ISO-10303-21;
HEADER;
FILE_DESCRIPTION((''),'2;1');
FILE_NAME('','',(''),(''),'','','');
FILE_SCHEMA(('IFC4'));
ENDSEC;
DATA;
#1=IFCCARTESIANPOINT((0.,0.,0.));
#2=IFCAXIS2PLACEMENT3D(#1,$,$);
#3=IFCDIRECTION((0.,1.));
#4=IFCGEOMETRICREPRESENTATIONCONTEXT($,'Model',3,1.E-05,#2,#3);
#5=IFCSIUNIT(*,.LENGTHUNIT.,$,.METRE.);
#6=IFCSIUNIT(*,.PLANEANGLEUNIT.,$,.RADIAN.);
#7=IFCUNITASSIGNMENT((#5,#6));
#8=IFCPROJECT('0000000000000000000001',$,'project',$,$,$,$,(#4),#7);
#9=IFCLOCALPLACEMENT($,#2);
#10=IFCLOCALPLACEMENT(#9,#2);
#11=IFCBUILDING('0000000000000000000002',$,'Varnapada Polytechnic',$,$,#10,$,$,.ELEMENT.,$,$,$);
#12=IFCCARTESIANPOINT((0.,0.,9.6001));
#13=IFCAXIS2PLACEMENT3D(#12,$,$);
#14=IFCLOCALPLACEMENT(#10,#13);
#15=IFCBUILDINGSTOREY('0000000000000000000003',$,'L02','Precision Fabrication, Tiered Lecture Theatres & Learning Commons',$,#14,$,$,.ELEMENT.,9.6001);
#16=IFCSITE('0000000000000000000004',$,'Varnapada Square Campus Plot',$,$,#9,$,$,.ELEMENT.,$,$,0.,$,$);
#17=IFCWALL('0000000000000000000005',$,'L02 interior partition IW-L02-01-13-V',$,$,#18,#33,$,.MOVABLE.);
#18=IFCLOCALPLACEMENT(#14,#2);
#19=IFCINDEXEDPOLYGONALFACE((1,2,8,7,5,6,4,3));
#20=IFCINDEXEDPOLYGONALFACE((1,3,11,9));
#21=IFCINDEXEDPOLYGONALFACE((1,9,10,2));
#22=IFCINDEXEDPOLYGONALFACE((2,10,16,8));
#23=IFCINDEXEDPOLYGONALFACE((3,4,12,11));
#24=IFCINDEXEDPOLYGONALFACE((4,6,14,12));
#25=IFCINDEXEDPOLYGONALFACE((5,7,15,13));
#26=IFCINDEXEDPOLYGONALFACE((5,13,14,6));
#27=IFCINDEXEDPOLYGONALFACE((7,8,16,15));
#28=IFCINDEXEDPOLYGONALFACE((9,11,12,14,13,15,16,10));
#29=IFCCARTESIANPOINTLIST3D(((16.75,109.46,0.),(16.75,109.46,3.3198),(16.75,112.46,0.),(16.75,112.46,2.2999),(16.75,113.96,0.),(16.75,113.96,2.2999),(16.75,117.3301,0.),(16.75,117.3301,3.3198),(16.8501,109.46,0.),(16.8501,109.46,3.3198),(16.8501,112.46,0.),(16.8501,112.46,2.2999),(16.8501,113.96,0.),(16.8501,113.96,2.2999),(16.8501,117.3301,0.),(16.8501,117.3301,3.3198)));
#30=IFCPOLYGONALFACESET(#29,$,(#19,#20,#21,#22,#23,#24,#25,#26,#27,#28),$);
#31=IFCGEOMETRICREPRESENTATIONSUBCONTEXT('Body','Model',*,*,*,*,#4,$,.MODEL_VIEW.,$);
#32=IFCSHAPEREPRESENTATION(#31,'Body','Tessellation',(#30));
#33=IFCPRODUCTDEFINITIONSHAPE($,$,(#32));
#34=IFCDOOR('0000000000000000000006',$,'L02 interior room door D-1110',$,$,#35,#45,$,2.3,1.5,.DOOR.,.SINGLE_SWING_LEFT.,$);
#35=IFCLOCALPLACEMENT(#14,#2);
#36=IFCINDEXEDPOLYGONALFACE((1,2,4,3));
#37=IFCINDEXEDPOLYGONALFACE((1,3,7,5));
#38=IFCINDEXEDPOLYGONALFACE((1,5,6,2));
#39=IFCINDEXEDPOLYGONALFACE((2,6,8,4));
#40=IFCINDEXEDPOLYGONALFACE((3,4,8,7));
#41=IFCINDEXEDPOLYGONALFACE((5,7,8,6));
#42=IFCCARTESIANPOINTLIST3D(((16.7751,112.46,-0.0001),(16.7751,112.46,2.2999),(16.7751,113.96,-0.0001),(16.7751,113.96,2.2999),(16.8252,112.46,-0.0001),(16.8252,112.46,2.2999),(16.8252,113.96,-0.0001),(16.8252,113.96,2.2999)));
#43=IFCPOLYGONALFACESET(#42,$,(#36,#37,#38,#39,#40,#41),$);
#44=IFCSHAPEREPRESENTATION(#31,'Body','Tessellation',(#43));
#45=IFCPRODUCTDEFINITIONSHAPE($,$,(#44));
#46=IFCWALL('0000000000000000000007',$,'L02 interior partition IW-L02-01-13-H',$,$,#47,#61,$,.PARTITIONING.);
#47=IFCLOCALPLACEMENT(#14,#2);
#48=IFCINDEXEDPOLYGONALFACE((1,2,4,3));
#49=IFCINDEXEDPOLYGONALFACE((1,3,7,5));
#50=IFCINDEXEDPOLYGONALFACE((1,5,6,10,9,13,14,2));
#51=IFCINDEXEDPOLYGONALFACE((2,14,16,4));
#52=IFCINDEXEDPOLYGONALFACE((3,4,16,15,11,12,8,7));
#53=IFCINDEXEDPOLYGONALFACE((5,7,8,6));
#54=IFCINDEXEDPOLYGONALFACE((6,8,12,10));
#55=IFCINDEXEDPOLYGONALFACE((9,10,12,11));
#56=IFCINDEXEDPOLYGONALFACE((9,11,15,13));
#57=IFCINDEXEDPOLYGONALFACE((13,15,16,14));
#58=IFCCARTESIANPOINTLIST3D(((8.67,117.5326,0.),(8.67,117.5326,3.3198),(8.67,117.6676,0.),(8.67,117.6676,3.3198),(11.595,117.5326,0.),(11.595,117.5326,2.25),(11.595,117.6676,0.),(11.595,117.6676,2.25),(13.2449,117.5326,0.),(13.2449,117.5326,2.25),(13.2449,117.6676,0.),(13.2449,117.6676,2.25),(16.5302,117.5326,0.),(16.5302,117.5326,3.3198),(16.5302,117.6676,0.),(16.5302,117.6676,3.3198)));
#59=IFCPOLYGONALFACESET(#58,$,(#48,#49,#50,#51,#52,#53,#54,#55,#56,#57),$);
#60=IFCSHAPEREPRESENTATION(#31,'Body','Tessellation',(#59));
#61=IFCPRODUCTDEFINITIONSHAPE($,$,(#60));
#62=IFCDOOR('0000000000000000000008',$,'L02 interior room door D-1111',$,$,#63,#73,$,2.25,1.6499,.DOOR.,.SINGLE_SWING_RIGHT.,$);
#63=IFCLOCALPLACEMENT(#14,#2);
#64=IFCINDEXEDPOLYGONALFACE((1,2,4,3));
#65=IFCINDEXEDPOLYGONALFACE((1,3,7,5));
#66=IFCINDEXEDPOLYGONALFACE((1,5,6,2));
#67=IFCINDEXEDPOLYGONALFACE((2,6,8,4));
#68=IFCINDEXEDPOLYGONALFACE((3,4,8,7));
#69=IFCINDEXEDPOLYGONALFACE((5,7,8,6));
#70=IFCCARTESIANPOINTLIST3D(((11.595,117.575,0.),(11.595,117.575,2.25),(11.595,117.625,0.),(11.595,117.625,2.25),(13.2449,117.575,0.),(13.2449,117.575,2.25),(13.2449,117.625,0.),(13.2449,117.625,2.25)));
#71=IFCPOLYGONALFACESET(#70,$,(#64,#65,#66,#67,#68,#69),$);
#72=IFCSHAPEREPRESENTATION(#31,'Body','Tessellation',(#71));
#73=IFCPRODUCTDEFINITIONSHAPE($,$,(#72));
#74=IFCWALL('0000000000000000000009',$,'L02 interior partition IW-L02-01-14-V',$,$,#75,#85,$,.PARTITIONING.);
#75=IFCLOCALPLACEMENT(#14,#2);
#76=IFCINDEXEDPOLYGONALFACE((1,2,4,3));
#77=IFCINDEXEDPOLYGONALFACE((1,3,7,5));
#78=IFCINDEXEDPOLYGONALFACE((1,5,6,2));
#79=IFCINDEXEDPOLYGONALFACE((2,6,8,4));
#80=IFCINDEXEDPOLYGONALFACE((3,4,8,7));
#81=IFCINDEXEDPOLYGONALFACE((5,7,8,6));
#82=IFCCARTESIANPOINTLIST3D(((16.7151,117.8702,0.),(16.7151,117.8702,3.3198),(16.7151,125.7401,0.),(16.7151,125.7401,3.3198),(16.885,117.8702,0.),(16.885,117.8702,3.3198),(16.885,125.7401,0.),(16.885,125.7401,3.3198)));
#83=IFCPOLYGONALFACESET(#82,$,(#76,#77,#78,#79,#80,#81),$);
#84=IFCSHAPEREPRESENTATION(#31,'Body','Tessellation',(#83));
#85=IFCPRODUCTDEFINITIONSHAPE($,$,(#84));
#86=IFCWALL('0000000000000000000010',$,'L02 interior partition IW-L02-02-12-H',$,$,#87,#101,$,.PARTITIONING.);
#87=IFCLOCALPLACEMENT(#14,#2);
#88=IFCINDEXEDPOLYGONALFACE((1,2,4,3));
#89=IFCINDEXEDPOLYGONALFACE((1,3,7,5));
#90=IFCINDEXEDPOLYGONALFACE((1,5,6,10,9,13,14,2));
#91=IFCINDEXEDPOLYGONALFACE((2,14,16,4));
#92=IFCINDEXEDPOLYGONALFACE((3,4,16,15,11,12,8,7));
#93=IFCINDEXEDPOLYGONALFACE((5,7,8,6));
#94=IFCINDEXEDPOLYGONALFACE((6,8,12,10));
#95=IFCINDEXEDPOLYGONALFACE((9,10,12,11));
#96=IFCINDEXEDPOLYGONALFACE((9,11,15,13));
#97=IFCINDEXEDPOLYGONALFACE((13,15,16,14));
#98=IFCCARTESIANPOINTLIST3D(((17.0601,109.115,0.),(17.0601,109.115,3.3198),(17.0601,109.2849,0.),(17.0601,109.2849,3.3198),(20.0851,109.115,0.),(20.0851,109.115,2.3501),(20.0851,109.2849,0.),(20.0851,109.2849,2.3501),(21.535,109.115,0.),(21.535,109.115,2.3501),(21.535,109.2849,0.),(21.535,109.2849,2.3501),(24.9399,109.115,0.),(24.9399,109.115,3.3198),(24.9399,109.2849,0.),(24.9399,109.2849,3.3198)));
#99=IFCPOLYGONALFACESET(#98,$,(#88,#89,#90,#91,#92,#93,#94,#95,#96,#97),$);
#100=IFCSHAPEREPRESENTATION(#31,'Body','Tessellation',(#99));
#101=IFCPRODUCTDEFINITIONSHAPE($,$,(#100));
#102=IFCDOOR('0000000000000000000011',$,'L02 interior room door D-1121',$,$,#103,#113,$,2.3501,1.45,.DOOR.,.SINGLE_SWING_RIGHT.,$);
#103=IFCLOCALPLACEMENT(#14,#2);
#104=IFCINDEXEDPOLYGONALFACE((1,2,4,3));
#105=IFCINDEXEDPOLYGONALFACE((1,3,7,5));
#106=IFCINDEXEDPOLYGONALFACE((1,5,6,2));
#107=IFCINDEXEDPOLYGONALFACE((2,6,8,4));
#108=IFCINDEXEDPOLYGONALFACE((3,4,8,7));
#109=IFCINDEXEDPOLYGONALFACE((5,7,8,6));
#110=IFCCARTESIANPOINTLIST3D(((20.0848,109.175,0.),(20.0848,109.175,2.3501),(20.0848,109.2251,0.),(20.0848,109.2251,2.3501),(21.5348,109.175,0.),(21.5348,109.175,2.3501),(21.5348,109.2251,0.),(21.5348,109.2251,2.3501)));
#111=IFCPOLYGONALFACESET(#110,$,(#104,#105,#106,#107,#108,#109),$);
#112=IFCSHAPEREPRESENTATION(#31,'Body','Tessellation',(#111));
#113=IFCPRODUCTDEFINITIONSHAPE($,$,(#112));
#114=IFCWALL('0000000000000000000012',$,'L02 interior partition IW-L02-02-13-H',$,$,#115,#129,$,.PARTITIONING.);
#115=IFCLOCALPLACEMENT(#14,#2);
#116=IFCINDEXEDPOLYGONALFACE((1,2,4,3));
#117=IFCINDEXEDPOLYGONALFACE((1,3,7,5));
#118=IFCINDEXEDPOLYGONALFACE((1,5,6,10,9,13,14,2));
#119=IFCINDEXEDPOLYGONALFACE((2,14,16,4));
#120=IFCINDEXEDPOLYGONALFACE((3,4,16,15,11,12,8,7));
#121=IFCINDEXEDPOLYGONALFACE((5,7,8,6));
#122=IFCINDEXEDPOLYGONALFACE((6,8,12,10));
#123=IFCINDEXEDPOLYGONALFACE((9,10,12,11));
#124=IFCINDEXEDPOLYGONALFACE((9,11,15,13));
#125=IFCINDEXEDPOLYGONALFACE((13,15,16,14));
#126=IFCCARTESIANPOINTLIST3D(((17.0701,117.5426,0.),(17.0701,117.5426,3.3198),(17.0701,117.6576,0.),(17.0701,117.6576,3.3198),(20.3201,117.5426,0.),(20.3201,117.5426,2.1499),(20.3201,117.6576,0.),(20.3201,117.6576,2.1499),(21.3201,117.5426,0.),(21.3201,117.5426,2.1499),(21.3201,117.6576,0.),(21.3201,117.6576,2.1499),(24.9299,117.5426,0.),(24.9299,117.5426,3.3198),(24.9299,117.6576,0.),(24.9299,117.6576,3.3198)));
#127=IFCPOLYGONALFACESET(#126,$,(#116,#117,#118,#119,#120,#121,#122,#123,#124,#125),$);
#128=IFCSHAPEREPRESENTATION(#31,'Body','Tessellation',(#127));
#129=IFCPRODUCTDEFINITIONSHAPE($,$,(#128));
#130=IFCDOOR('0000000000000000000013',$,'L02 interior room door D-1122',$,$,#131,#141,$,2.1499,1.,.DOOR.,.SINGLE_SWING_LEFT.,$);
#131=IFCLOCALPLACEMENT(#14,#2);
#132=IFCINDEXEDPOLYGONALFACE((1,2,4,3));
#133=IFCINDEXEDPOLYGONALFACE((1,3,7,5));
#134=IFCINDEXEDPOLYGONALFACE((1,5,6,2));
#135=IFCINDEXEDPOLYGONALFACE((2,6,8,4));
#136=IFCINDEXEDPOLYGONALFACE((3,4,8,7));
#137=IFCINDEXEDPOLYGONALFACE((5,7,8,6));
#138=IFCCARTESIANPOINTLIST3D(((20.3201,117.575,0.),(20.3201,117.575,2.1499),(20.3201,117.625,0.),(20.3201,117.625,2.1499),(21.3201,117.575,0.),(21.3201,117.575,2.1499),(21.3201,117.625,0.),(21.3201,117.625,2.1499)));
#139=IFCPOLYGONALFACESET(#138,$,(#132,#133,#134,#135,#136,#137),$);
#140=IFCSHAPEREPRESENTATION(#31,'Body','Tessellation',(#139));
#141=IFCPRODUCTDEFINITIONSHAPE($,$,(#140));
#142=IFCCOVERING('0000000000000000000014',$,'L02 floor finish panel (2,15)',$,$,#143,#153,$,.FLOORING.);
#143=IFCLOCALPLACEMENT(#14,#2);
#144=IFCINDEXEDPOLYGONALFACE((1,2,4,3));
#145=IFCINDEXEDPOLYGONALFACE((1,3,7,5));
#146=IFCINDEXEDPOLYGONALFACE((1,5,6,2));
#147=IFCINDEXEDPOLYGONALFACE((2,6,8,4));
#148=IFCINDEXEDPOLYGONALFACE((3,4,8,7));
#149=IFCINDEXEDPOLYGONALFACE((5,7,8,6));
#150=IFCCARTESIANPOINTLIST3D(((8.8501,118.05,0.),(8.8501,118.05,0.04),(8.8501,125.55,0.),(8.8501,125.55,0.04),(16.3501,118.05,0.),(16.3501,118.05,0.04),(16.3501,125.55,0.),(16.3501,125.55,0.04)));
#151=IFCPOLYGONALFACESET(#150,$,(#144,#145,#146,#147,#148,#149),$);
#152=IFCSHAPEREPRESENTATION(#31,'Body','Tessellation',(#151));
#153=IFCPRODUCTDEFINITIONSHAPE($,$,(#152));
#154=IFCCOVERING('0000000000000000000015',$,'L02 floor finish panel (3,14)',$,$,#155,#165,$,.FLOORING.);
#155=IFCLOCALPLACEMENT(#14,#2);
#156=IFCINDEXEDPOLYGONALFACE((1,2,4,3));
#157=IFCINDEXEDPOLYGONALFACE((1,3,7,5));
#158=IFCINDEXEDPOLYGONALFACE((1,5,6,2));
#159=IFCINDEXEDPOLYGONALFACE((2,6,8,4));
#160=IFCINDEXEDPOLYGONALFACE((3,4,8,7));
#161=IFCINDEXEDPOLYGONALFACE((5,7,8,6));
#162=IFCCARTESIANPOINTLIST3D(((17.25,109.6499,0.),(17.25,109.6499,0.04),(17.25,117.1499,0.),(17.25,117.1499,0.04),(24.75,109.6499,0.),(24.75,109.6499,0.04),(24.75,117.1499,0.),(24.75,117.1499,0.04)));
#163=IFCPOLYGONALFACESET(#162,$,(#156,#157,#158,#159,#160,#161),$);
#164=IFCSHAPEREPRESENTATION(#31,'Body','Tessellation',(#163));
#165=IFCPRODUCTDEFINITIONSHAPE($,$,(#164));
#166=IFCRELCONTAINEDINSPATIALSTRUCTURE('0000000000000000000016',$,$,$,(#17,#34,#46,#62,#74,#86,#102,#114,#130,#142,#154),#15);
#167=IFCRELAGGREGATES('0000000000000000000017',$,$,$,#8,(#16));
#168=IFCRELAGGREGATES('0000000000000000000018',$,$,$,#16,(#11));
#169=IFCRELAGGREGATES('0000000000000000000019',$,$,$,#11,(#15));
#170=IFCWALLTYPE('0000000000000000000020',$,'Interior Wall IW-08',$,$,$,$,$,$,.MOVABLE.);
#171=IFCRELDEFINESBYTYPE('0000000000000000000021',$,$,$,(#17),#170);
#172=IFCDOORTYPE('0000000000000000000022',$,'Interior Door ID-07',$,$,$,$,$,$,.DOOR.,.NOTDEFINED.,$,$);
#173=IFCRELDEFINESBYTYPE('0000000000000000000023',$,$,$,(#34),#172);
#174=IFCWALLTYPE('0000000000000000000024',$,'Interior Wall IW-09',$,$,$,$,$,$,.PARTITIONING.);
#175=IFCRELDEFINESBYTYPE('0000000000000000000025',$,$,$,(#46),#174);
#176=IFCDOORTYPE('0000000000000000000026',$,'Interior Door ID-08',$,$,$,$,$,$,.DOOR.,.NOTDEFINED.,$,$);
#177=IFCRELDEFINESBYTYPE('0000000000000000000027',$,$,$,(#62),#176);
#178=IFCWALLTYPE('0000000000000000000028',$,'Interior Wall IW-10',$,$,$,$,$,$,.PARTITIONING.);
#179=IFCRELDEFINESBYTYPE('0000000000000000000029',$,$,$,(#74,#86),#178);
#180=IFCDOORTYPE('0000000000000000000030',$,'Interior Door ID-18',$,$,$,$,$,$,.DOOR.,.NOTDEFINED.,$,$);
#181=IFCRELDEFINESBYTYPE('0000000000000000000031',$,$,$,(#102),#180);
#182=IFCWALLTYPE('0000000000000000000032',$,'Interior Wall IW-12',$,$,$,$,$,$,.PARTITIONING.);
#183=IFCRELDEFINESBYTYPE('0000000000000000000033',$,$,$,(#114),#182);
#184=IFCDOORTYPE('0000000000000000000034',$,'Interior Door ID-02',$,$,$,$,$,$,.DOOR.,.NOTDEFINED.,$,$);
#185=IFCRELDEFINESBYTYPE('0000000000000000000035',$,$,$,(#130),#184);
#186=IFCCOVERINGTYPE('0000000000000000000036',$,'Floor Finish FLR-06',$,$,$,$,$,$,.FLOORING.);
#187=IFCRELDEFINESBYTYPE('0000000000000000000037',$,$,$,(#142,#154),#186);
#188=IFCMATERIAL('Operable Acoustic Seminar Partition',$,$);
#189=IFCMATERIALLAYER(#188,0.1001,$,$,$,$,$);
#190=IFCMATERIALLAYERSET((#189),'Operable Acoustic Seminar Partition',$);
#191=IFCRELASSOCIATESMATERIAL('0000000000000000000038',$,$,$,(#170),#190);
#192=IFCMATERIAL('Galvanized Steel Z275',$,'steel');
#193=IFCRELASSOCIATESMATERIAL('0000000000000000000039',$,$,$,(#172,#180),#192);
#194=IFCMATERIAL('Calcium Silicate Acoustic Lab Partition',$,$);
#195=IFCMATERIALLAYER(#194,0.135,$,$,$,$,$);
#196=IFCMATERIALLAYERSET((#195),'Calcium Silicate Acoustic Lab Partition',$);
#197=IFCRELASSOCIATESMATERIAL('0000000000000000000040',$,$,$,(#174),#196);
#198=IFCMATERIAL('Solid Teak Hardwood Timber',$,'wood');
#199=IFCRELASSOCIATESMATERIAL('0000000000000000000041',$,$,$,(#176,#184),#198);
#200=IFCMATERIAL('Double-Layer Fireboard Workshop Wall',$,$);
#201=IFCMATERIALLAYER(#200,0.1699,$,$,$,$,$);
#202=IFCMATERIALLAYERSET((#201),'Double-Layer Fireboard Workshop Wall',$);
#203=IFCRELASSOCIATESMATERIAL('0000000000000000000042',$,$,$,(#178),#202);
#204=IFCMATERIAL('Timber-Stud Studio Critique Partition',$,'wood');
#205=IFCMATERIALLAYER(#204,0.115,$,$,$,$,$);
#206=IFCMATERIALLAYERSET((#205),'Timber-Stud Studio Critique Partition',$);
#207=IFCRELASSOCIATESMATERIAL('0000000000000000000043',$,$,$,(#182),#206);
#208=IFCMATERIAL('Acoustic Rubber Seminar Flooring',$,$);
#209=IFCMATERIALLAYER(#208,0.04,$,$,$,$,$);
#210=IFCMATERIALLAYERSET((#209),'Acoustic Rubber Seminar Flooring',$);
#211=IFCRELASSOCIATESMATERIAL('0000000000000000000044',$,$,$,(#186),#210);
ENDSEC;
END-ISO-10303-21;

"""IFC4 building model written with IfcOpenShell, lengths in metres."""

from ifc_helpers import new_model, si_unit, direction, frame, frame_2d, origin, origin_2d, place, context, subcontext, project, spatial, rectangle, extrude, material, layer, layer_set, type_object, element, fill, save


model = new_model("IFC4")

# Units and contexts
model_context = context("Model", 3, precision=1e-05, world=origin(), true_north=direction((0.0, 1.0)))
body_context = subcontext(model_context, "Body", "Model", "MODEL_VIEW")
ifc_project = project(units=[si_unit("LENGTHUNIT", "METRE"), si_unit("PLANEANGLEUNIT", "RADIAN")], contexts=[model_context])

# Site, building, storey
site_placement = place(None, origin())
site = spatial("IfcSite", under=ifc_project, at=site_placement, Name="Varnapada Square Campus Plot", CompositionType="ELEMENT", RefElevation=0.0)
building_placement = place(site_placement, origin())
building = spatial("IfcBuilding", under=site, at=building_placement, Name="Varnapada Polytechnic", CompositionType="ELEMENT")
storey_placement = place(building_placement, frame((0.0, 0.0, 9.6001)))
storey = spatial("IfcBuildingStorey", under=building, at=storey_placement, Name="L02", Description="Precision Fabrication, Tiered Lecture Theatres & Learning Commons", CompositionType="ELEMENT", Elevation=9.6001)

# Walls, openings, doors
ifc_material_1 = material(Name="Operable Acoustic Seminar Partition")
ifc_layer_1 = layer(ifc_material_1, 0.1001)
ifc_layer_set_1 = layer_set([ifc_layer_1], Name="Operable Acoustic Seminar Partition")
wall_type_1 = type_object("IfcWallType", Name="Interior Wall IW-08", PredefinedType="MOVABLE", material=ifc_layer_set_1)
wall_1_placement = place(storey_placement, frame((16.8, 109.46, 0.0), z_axis=(0.0, 0.0, 1.0), x_axis=(0.0, 1.0, 0.0)))
wall_1 = element("IfcWall", 1, at=wall_1_placement, inside=storey, type_object=wall_type_1, Name="L02 interior partition IW-L02-01-13-V", PredefinedType="MOVABLE", context=body_context, shape_type="SweptSolid", body=[
    extrude(rectangle(XDim=7.8701, YDim=0.1001, at=frame_2d((3.9351, 0.0))), origin(), (0.0, 0.0, 1.0), 3.3198),
])
opening_1_placement = place(wall_1_placement, frame((3.0, 0.0, 0.0)))
opening_1 = element("IfcOpeningElement", 2, at=opening_1_placement, cuts=wall_1, PredefinedType="OPENING", context=body_context, shape_type="SweptSolid", body=[
    extrude(rectangle(XDim=1.5, YDim=2.3, at=frame_2d((0.75, 1.1499))), frame((0.0, 0.0601, 0.0), z_axis=(0.0, -1.0, 0.0), x_axis=(1.0, 0.0, 0.0)), (0.0, 0.0, 1.0), 0.1201),
])
ifc_material_2 = material(Name="Galvanized Steel Z275", Category="steel")
door_type_1 = type_object("IfcDoorType", Name="Interior Door ID-07", OperationType="NOTDEFINED", PredefinedType="DOOR", material=ifc_material_2)
door_1_placement = place(opening_1_placement, origin())
door_1 = element("IfcDoor", 3, at=door_1_placement, inside=storey, type_object=door_type_1, Name="L02 interior room door D-1110", OperationType="SINGLE_SWING_LEFT", OverallHeight=2.3, OverallWidth=1.5, PredefinedType="DOOR", context=body_context, shape_type="SweptSolid", body=[
    extrude(rectangle(XDim=1.5, YDim=2.3, at=frame_2d((0.75, 1.1499))), frame((0.0, 0.0249, 0.0), z_axis=(0.0, -1.0, 0.0), x_axis=(1.0, 0.0, 0.0)), (0.0, 0.0, 1.0), 0.05),
])
fill(opening_1, door_1)
ifc_material_3 = material(Name="Calcium Silicate Acoustic Lab Partition")
ifc_layer_2 = layer(ifc_material_3, 0.135)
ifc_layer_set_2 = layer_set([ifc_layer_2], Name="Calcium Silicate Acoustic Lab Partition")
wall_type_2 = type_object("IfcWallType", Name="Interior Wall IW-09", PredefinedType="PARTITIONING", material=ifc_layer_set_2)
wall_2_placement = place(storey_placement, frame((8.6699, 117.6001, 0.0), z_axis=(0.0, 0.0, 1.0), x_axis=(1.0, 0.0, 0.0)))
wall_2 = element("IfcWall", 4, at=wall_2_placement, inside=storey, type_object=wall_type_2, Name="L02 interior partition IW-L02-01-13-H", PredefinedType="PARTITIONING", context=body_context, shape_type="SweptSolid", body=[
    extrude(rectangle(XDim=7.8601, YDim=0.135, at=frame_2d((3.9302, 0.0))), origin(), (0.0, 0.0, 1.0), 3.3198),
])
opening_2_placement = place(wall_2_placement, frame((2.925, 0.0, 0.0)))
opening_2 = element("IfcOpeningElement", 5, at=opening_2_placement, cuts=wall_2, PredefinedType="OPENING", context=body_context, shape_type="SweptSolid", body=[
    extrude(rectangle(XDim=1.6499, YDim=2.25, at=frame_2d((0.825, 1.125))), frame((0.0, 0.0774, 0.0), z_axis=(0.0, -1.0, 0.0), x_axis=(1.0, 0.0, 0.0)), (0.0, 0.0, 1.0), 0.155),
])
ifc_material_4 = material(Name="Solid Teak Hardwood Timber", Category="wood")
door_type_2 = type_object("IfcDoorType", Name="Interior Door ID-08", OperationType="NOTDEFINED", PredefinedType="DOOR", material=ifc_material_4)
door_2_placement = place(opening_2_placement, origin())
door_2 = element("IfcDoor", 6, at=door_2_placement, inside=storey, type_object=door_type_2, Name="L02 interior room door D-1111", OperationType="SINGLE_SWING_RIGHT", OverallHeight=2.25, OverallWidth=1.6499, PredefinedType="DOOR", context=body_context, shape_type="SweptSolid", body=[
    extrude(rectangle(XDim=1.6499, YDim=2.25, at=frame_2d((0.825, 1.125))), frame((0.0, 0.0249, 0.0), z_axis=(0.0, -1.0, 0.0), x_axis=(1.0, 0.0, 0.0)), (0.0, 0.0, 1.0), 0.05),
])
fill(opening_2, door_2)

# Wall
ifc_material_5 = material(Name="Double-Layer Fireboard Workshop Wall")
ifc_layer_3 = layer(ifc_material_5, 0.1699)
ifc_layer_set_3 = layer_set([ifc_layer_3], Name="Double-Layer Fireboard Workshop Wall")
wall_type_3 = type_object("IfcWallType", Name="Interior Wall IW-10", PredefinedType="PARTITIONING", material=ifc_layer_set_3)
wall_3_placement = place(storey_placement, frame((16.8, 117.8701, 0.0), z_axis=(0.0, 0.0, 1.0), x_axis=(0.0, 1.0, 0.0)))
element("IfcWall", 7, at=wall_3_placement, inside=storey, type_object=wall_type_3, Name="L02 interior partition IW-L02-01-14-V", PredefinedType="PARTITIONING", context=body_context, shape_type="SweptSolid", body=[
    extrude(rectangle(XDim=7.8699, YDim=0.1699, at=frame_2d((3.9351, 0.0))), origin(), (0.0, 0.0, 1.0), 3.3198),
])

# Walls, openings, doors
wall_4_placement = place(storey_placement, frame((17.0601, 109.2, 0.0), z_axis=(0.0, 0.0, 1.0), x_axis=(1.0, 0.0, 0.0)))
wall_4 = element("IfcWall", 8, at=wall_4_placement, inside=storey, type_object=wall_type_3, Name="L02 interior partition IW-L02-02-12-H", PredefinedType="PARTITIONING", context=body_context, shape_type="SweptSolid", body=[
    extrude(rectangle(XDim=7.8799, YDim=0.1699, at=frame_2d((3.9399, 0.0))), origin(), (0.0, 0.0, 1.0), 3.3198),
])
opening_3_placement = place(wall_4_placement, frame((3.0249, 0.0, 0.0)))
opening_3 = element("IfcOpeningElement", 9, at=opening_3_placement, cuts=wall_4, PredefinedType="OPENING", context=body_context, shape_type="SweptSolid", body=[
    extrude(rectangle(XDim=1.45, YDim=2.3501, at=frame_2d((0.7251, 1.175))), frame((0.0, 0.095, 0.0), z_axis=(0.0, -1.0, 0.0), x_axis=(1.0, 0.0, 0.0)), (0.0, 0.0, 1.0), 0.1899),
])
door_type_3 = type_object("IfcDoorType", Name="Interior Door ID-18", OperationType="NOTDEFINED", PredefinedType="DOOR", material=ifc_material_2)
door_3_placement = place(opening_3_placement, frame((1.45, 0.0, 0.0), z_axis=(0.0, 0.0, 1.0), x_axis=(-1.0, 0.0, 0.0)))
door_3 = element("IfcDoor", 10, at=door_3_placement, inside=storey, type_object=door_type_3, Name="L02 interior room door D-1121", OperationType="SINGLE_SWING_RIGHT", OverallHeight=2.3501, OverallWidth=1.45, PredefinedType="DOOR", context=body_context, shape_type="SweptSolid", body=[
    extrude(rectangle(XDim=1.45, YDim=2.3501, at=frame_2d((0.7251, 1.175))), frame((0.0, 0.0249, 0.0), z_axis=(0.0, -1.0, 0.0), x_axis=(1.0, 0.0, 0.0)), (0.0, 0.0, 1.0), 0.05),
])
fill(opening_3, door_3)
ifc_material_6 = material(Name="Timber-Stud Studio Critique Partition", Category="wood")
ifc_layer_4 = layer(ifc_material_6, 0.115)
ifc_layer_set_4 = layer_set([ifc_layer_4], Name="Timber-Stud Studio Critique Partition")
wall_type_4 = type_object("IfcWallType", Name="Interior Wall IW-12", PredefinedType="PARTITIONING", material=ifc_layer_set_4)
wall_5_placement = place(storey_placement, frame((17.0701, 117.6001, 0.0), z_axis=(0.0, 0.0, 1.0), x_axis=(1.0, 0.0, 0.0)))
wall_5 = element("IfcWall", 11, at=wall_5_placement, inside=storey, type_object=wall_type_4, Name="L02 interior partition IW-L02-02-13-H", PredefinedType="PARTITIONING", context=body_context, shape_type="SweptSolid", body=[
    extrude(rectangle(XDim=7.8599, YDim=0.115, at=frame_2d((3.9299, 0.0))), origin(), (0.0, 0.0, 1.0), 3.3198),
])
opening_4_placement = place(wall_5_placement, frame((3.25, 0.0, 0.0)))
opening_4 = element("IfcOpeningElement", 12, at=opening_4_placement, cuts=wall_5, PredefinedType="OPENING", context=body_context, shape_type="SweptSolid", body=[
    extrude(rectangle(XDim=1.0, YDim=2.1499, at=frame_2d((0.5, 1.075))), frame((0.0, 0.0674, 0.0), z_axis=(0.0, -1.0, 0.0), x_axis=(1.0, 0.0, 0.0)), (0.0, 0.0, 1.0), 0.135),
])
door_type_4 = type_object("IfcDoorType", Name="Interior Door ID-02", OperationType="NOTDEFINED", PredefinedType="DOOR", material=ifc_material_4)
door_4_placement = place(opening_4_placement, origin())
door_4 = element("IfcDoor", 13, at=door_4_placement, inside=storey, type_object=door_type_4, Name="L02 interior room door D-1122", OperationType="SINGLE_SWING_LEFT", OverallHeight=2.1499, OverallWidth=1.0, PredefinedType="DOOR", context=body_context, shape_type="SweptSolid", body=[
    extrude(rectangle(XDim=1.0, YDim=2.1499, at=frame_2d((0.5, 1.075))), frame((0.0, 0.0249, 0.0), z_axis=(0.0, -1.0, 0.0), x_axis=(1.0, 0.0, 0.0)), (0.0, 0.0, 1.0), 0.05),
])
fill(opening_4, door_4)

# Coverings
ifc_material_7 = material(Name="Acoustic Rubber Seminar Flooring")
ifc_layer_5 = layer(ifc_material_7, 0.04)
ifc_layer_set_5 = layer_set([ifc_layer_5], Name="Acoustic Rubber Seminar Flooring")
covering_type_1 = type_object("IfcCoveringType", Name="Floor Finish FLR-06", PredefinedType="FLOORING", material=ifc_layer_set_5)
for number, where, z_axis, x_axis, name in (
    (14, (12.6001, 121.8, 0.0), (0.0, 0.0, 1.0), (1.0, 0.0, 0.0), "L02 floor finish panel (2,15)"),
    (15, (21.0, 113.3999, 0.0), (0.0, 0.0, 1.0), (1.0, 0.0, 0.0), "L02 floor finish panel (3,14)"),
):
    element("IfcCovering", number, at=place(storey_placement, frame(where, z_axis=z_axis, x_axis=x_axis)), inside=storey, type_object=covering_type_1, Name=name, PredefinedType="FLOORING", context=body_context, shape_type="SweptSolid", body=[
        extrude(rectangle(XDim=7.5, YDim=7.5, at=origin_2d()), origin(), (0.0, 0.0, 1.0), 0.04),
    ])

save(model, "model.ifc")
